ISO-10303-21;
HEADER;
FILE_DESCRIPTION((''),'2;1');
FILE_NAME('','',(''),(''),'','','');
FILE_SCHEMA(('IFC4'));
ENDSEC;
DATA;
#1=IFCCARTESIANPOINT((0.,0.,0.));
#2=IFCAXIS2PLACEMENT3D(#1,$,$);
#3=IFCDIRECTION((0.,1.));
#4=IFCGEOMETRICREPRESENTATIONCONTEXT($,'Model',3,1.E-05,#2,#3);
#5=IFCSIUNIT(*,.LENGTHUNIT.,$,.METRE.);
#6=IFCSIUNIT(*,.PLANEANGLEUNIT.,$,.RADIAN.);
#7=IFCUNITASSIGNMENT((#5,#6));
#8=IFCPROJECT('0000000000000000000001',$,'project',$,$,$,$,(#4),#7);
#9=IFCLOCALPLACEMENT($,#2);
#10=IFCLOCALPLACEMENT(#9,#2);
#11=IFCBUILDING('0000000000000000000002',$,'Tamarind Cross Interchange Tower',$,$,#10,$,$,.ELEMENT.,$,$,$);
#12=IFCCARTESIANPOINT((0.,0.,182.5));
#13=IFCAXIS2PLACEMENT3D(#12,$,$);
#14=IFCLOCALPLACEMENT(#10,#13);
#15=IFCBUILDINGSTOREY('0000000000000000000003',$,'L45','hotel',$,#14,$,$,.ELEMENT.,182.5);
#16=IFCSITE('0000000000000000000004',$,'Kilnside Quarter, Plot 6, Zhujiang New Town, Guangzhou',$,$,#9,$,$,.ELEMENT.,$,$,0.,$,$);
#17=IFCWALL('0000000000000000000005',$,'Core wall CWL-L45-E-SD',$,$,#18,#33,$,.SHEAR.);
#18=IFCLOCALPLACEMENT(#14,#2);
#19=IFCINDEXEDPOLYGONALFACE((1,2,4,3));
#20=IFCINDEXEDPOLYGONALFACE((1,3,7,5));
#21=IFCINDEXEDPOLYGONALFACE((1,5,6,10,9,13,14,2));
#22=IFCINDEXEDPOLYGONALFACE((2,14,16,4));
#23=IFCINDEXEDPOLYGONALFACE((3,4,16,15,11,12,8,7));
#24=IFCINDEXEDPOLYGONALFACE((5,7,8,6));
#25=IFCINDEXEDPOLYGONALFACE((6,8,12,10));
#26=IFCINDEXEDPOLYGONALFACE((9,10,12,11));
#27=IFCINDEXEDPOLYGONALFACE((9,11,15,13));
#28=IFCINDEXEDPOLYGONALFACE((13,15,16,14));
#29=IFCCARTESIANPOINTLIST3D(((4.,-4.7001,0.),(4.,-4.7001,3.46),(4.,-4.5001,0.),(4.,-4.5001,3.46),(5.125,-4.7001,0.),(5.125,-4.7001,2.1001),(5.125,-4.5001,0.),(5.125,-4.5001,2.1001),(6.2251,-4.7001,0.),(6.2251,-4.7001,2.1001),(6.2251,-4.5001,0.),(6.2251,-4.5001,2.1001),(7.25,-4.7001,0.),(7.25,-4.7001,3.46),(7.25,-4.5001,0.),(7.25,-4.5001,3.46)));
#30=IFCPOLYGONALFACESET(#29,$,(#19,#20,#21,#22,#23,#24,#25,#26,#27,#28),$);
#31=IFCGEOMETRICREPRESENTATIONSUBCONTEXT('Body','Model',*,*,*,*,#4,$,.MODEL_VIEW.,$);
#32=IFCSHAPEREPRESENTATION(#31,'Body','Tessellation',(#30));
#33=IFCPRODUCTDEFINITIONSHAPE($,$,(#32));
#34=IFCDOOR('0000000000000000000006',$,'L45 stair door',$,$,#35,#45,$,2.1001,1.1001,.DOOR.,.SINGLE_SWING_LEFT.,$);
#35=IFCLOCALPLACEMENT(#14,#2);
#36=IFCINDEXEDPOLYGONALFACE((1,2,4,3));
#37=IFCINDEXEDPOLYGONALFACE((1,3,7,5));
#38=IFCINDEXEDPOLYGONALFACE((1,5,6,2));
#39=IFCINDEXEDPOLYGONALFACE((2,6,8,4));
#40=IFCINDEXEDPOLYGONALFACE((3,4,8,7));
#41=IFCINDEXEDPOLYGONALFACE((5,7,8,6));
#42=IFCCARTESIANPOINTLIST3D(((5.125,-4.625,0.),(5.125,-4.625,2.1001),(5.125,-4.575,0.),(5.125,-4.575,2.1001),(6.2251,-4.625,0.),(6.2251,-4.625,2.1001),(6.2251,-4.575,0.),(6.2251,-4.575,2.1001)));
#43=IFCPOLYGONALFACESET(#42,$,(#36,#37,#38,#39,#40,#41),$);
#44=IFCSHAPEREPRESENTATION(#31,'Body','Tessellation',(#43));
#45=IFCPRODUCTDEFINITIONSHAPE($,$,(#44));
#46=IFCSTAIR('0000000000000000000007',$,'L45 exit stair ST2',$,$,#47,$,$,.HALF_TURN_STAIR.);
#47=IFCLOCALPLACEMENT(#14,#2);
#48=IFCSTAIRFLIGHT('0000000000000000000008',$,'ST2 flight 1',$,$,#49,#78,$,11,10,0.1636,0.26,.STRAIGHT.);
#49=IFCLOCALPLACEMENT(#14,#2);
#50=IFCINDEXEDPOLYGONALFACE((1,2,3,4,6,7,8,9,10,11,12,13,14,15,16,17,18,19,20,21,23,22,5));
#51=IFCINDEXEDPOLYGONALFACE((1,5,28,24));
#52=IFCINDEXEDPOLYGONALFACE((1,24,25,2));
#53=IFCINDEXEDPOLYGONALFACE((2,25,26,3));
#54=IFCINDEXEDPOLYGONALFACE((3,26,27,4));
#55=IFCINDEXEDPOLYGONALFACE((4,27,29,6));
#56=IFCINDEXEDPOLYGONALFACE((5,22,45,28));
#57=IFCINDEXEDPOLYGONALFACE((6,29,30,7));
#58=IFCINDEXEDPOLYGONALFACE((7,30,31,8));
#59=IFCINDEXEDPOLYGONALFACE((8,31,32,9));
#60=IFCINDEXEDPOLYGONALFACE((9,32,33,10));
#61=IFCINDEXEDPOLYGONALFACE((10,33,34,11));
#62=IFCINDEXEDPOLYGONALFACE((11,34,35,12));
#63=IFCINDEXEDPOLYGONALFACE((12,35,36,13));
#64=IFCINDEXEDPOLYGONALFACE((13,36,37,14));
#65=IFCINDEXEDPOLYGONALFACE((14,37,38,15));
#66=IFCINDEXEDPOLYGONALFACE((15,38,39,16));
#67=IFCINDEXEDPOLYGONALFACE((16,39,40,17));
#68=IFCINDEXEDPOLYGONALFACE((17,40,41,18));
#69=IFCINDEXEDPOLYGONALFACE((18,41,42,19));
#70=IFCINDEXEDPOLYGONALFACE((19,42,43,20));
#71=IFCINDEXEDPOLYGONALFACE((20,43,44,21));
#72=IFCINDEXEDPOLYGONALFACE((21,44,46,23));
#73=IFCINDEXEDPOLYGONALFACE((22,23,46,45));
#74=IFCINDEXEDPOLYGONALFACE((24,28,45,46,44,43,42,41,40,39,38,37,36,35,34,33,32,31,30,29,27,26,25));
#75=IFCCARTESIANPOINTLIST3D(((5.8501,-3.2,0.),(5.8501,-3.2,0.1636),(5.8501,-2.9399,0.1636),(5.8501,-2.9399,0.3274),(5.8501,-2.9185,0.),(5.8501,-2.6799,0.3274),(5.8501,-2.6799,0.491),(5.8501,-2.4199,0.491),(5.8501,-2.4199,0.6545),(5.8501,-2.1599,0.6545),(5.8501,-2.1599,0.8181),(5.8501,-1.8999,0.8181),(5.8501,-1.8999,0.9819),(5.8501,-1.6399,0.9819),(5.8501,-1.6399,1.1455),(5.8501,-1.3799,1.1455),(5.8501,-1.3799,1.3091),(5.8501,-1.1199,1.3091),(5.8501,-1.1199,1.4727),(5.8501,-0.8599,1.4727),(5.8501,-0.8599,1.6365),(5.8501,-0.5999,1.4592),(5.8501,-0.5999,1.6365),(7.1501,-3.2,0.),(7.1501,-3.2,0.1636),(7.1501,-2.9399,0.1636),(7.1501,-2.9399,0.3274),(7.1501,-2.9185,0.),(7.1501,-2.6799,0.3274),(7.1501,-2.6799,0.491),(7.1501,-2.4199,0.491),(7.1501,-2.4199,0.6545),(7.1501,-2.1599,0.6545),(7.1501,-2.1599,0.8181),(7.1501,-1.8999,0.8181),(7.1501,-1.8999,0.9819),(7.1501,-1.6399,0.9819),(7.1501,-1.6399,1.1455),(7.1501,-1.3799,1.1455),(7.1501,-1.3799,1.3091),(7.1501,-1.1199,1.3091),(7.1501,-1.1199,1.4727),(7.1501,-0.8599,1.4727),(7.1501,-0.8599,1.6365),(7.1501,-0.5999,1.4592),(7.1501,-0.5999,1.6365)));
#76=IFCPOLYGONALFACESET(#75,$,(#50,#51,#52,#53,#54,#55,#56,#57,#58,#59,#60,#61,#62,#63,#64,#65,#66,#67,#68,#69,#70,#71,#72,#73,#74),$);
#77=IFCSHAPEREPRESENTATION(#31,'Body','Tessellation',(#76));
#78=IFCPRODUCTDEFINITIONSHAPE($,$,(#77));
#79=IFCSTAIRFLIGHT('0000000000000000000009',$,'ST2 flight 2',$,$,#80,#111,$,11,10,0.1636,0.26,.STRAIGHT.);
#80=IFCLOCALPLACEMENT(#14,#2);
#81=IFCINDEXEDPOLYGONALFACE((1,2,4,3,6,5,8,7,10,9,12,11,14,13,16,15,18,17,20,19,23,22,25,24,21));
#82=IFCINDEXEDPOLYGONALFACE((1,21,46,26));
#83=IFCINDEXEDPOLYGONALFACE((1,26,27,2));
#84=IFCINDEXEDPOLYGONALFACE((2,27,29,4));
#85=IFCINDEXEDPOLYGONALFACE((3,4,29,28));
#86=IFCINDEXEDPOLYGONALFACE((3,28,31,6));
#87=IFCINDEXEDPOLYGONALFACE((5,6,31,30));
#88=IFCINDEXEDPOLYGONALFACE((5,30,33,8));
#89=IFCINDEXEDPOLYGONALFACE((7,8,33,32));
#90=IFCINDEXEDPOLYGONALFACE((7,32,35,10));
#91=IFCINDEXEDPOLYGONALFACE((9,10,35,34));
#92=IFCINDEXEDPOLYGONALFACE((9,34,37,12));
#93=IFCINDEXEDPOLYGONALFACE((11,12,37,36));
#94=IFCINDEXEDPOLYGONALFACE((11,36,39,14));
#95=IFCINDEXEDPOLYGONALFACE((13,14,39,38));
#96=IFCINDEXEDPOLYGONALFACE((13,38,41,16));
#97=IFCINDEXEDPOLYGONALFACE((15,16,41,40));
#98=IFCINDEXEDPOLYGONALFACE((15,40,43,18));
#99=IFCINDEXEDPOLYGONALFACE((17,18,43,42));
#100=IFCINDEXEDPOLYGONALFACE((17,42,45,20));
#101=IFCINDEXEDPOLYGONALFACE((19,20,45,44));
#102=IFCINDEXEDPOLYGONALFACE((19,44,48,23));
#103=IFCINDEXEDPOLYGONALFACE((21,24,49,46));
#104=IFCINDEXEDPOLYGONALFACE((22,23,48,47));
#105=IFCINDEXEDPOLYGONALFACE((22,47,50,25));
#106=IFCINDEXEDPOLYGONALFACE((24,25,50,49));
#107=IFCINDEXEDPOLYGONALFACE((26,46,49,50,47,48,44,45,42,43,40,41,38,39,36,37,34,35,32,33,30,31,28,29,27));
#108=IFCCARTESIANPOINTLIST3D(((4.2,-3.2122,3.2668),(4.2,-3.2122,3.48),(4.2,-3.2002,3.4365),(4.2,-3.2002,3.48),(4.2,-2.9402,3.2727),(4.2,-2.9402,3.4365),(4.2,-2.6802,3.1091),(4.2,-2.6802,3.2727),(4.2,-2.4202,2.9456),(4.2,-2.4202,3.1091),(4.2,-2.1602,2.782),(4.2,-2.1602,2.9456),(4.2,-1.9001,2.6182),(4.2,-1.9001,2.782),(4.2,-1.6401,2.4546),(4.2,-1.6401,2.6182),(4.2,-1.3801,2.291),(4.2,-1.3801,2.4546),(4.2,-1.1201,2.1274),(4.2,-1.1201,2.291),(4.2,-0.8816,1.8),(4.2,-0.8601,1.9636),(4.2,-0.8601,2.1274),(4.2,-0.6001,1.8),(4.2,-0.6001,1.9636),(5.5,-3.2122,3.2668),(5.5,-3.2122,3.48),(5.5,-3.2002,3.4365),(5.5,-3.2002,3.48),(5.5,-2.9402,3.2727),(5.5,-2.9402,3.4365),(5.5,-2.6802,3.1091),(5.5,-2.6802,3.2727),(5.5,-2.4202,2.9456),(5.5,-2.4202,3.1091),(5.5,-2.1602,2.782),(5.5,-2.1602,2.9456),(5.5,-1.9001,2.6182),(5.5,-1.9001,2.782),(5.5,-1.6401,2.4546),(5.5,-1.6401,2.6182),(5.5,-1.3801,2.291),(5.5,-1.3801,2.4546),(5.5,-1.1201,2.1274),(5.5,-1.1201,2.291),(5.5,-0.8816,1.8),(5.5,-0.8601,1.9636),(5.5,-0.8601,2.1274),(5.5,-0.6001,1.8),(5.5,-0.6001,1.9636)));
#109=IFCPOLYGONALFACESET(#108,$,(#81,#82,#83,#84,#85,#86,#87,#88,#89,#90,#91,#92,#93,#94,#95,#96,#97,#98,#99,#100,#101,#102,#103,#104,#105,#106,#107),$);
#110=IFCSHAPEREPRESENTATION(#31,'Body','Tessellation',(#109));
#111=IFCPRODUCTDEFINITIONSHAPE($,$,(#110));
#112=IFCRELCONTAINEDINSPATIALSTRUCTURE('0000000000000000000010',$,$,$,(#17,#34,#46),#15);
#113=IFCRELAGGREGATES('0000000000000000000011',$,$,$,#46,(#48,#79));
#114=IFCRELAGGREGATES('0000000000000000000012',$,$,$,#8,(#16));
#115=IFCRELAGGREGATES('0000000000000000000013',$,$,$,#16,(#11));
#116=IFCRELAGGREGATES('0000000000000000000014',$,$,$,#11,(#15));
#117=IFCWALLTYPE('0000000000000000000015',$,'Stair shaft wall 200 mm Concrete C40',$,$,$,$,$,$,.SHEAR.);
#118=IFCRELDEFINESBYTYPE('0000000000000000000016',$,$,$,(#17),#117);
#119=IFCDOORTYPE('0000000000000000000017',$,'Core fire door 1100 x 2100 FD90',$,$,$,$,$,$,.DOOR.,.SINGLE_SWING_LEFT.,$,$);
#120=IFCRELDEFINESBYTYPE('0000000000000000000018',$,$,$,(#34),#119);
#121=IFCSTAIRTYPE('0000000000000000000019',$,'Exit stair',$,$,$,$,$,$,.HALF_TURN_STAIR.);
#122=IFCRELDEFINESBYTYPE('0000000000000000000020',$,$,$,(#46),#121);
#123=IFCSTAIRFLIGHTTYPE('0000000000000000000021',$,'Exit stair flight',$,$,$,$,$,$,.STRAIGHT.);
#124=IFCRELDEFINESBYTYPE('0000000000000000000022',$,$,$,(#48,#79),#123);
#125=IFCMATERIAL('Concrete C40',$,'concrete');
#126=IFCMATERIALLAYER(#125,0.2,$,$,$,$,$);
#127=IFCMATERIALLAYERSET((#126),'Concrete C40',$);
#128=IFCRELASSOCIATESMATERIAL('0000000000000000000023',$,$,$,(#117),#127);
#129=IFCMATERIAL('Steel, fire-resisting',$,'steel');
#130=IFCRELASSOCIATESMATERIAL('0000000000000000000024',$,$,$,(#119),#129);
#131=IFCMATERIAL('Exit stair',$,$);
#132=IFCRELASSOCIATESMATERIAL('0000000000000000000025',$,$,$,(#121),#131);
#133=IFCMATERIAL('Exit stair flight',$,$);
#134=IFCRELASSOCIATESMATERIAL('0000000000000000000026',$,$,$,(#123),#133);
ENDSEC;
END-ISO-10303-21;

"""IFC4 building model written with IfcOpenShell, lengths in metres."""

from ifc_helpers import new_model, si_unit, direction, frame, frame_2d, origin, place, context, subcontext, project, spatial, polyline, rectangle, outline, extrude, material, layer, layer_set, type_object, element, fill, aggregate, save


model = new_model("IFC4")

# Units and contexts
model_context = context("Model", 3, precision=1e-05, world=origin(), true_north=direction((0.0, 1.0)))
body_context = subcontext(model_context, "Body", "Model", "MODEL_VIEW")
ifc_project = project(units=[si_unit("LENGTHUNIT", "METRE"), si_unit("PLANEANGLEUNIT", "RADIAN")], contexts=[model_context])

# Site, building, storey
site_placement = place(None, origin())
site = spatial("IfcSite", under=ifc_project, at=site_placement, Name="Kilnside Quarter, Plot 6, Zhujiang New Town, Guangzhou", CompositionType="ELEMENT", RefElevation=0.0)
building_placement = place(site_placement, origin())
building = spatial("IfcBuilding", under=site, at=building_placement, Name="Tamarind Cross Interchange Tower", CompositionType="ELEMENT")
storey_placement = place(building_placement, frame((0.0, 0.0, 182.5)))
storey = spatial("IfcBuildingStorey", under=building, at=storey_placement, Name="L45", Description="hotel", CompositionType="ELEMENT", Elevation=182.5)

# Shared definitions
ifc_material_1 = material(Name="Steel, fire-resisting", Category="steel")

# Wall, opening, door
ifc_material_2 = material(Name="Concrete C40", Category="concrete")
ifc_layer_1 = layer(ifc_material_2, 0.2)
ifc_layer_set_1 = layer_set([ifc_layer_1], Name="Concrete C40")
wall_type_1 = type_object("IfcWallType", Name="Stair shaft wall 200 mm Concrete C40", PredefinedType="SHEAR", material=ifc_layer_set_1)
wall_1_placement = place(storey_placement, frame((7.25, -4.6001, 0.0), z_axis=(0.0, 0.0, 1.0), x_axis=(-1.0, 0.0, 0.0)))
wall_1 = element("IfcWall", 1, at=wall_1_placement, inside=storey, type_object=wall_type_1, Name="Core wall CWL-L45-E-SD", PredefinedType="SHEAR", context=body_context, shape_type="SweptSolid", body=[
    extrude(rectangle(XDim=3.25, YDim=0.2, at=frame_2d((1.625, 0.0))), origin(), (0.0, 0.0, 1.0), 3.46),
])
opening_1_placement = place(wall_1_placement, frame((1.0249, 0.0, 0.0)))
opening_1 = element("IfcOpeningElement", 2, at=opening_1_placement, cuts=wall_1, PredefinedType="OPENING", context=body_context, shape_type="SweptSolid", body=[
    extrude(rectangle(XDim=1.1001, YDim=2.1001, at=frame_2d((0.55, 1.05))), frame((0.0, 0.1099, 0.0), z_axis=(0.0, -1.0, 0.0), x_axis=(1.0, 0.0, 0.0)), (0.0, 0.0, 1.0), 0.22),
])
door_type_1 = type_object("IfcDoorType", Name="Core fire door 1100 x 2100 FD90", OperationType="SINGLE_SWING_LEFT", PredefinedType="DOOR", material=ifc_material_1)
door_1_placement = place(opening_1_placement, origin())
door_1 = element("IfcDoor", 3, at=door_1_placement, inside=storey, type_object=door_type_1, Name="L45 stair door", OperationType="SINGLE_SWING_LEFT", OverallHeight=2.1001, OverallWidth=1.1001, PredefinedType="DOOR", context=body_context, shape_type="SweptSolid", body=[
    extrude(rectangle(XDim=1.1001, YDim=2.1001, at=frame_2d((0.55, 1.05))), frame((0.0, 0.0249, 0.0), z_axis=(0.0, -1.0, 0.0), x_axis=(1.0, 0.0, 0.0)), (0.0, 0.0, 1.0), 0.05),
])
fill(opening_1, door_1)

# Stair, stair flights
ifc_material_3 = material(Name="Exit stair")
stair_type = type_object("IfcStairType", Name="Exit stair", PredefinedType="HALF_TURN_STAIR", material=ifc_material_3)
stair_placement = place(storey_placement, origin())
stair = element("IfcStair", 4, at=stair_placement, inside=storey, type_object=stair_type, Name="L45 exit stair ST2", PredefinedType="HALF_TURN_STAIR")
ifc_material_4 = material(Name="Exit stair flight")
stair_flight_type = type_object("IfcStairFlightType", Name="Exit stair flight", PredefinedType="STRAIGHT", material=ifc_material_4)
stair_flight_1_placement = place(storey_placement, frame((6.5, -3.2, 0.0), z_axis=(0.0, 0.0, 1.0), x_axis=(0.0, 1.0, 0.0)))
stair_flight_1 = element("IfcStairFlight", 5, at=stair_flight_1_placement, type_object=stair_flight_type, Name="ST2 flight 1", NumberOfRisers=11, NumberOfTreads=10, PredefinedType="STRAIGHT", RiserHeight=0.1636, TreadLength=0.26, context=body_context, shape_type="SweptSolid", body=[
    extrude(outline(polyline([(0.0, 0.0), (0.0, 0.1636), (0.26, 0.1636), (0.26, 0.3274), (0.52, 0.3274), (0.52, 0.491), (0.78, 0.491), (0.78, 0.6545), (1.04, 0.6545), (1.04, 0.8181), (1.3, 0.8181), (1.3, 0.9819), (1.5601, 0.9819), (1.5601, 1.1455), (1.8201, 1.1455), (1.8201, 1.3091), (2.0801, 1.3091), (2.0801, 1.4727), (2.3401, 1.4727), (2.3401, 1.6365), (2.6001, 1.6365), (2.6001, 1.8), (2.6001, 1.4592), (0.2815, 0.0), (0.0, 0.0)])), frame((0.0, 0.6499, 0.0), z_axis=(0.0, -1.0, 0.0), x_axis=(1.0, 0.0, 0.0)), (0.0, 0.0, 1.0), 1.3),
])
stair_flight_2_placement = place(storey_placement, frame((4.8501, -0.6001, 1.8), z_axis=(0.0, 0.0, 1.0), x_axis=(0.0, -1.0, 0.0)))
stair_flight_2 = element("IfcStairFlight", 6, at=stair_flight_2_placement, type_object=stair_flight_type, Name="ST2 flight 2", NumberOfRisers=11, NumberOfTreads=10, PredefinedType="STRAIGHT", RiserHeight=0.1636, TreadLength=0.26, context=body_context, shape_type="SweptSolid", body=[
    extrude(outline(polyline([(0.0, 0.0), (0.0, 0.1636), (0.26, 0.1636), (0.26, 0.3274), (0.52, 0.3274), (0.52, 0.491), (0.78, 0.491), (0.78, 0.6545), (1.04, 0.6545), (1.04, 0.8181), (1.3, 0.8181), (1.3, 0.9819), (1.5601, 0.9819), (1.5601, 1.1455), (1.8201, 1.1455), (1.8201, 1.3091), (2.0801, 1.3091), (2.0801, 1.4727), (2.3401, 1.4727), (2.3401, 1.6365), (2.6001, 1.6365), (2.6001, 1.6799), (2.6121, 1.6799), (2.6121, 1.4668), (0.2815, 0.0), (0.0, 0.0)])), frame((0.0, 0.6499, 0.0), z_axis=(0.0, -1.0, 0.0), x_axis=(1.0, 0.0, 0.0)), (0.0, 0.0, 1.0), 1.3),
])
aggregate(stair, [stair_flight_1, stair_flight_2])

save(model, "model.ifc")
